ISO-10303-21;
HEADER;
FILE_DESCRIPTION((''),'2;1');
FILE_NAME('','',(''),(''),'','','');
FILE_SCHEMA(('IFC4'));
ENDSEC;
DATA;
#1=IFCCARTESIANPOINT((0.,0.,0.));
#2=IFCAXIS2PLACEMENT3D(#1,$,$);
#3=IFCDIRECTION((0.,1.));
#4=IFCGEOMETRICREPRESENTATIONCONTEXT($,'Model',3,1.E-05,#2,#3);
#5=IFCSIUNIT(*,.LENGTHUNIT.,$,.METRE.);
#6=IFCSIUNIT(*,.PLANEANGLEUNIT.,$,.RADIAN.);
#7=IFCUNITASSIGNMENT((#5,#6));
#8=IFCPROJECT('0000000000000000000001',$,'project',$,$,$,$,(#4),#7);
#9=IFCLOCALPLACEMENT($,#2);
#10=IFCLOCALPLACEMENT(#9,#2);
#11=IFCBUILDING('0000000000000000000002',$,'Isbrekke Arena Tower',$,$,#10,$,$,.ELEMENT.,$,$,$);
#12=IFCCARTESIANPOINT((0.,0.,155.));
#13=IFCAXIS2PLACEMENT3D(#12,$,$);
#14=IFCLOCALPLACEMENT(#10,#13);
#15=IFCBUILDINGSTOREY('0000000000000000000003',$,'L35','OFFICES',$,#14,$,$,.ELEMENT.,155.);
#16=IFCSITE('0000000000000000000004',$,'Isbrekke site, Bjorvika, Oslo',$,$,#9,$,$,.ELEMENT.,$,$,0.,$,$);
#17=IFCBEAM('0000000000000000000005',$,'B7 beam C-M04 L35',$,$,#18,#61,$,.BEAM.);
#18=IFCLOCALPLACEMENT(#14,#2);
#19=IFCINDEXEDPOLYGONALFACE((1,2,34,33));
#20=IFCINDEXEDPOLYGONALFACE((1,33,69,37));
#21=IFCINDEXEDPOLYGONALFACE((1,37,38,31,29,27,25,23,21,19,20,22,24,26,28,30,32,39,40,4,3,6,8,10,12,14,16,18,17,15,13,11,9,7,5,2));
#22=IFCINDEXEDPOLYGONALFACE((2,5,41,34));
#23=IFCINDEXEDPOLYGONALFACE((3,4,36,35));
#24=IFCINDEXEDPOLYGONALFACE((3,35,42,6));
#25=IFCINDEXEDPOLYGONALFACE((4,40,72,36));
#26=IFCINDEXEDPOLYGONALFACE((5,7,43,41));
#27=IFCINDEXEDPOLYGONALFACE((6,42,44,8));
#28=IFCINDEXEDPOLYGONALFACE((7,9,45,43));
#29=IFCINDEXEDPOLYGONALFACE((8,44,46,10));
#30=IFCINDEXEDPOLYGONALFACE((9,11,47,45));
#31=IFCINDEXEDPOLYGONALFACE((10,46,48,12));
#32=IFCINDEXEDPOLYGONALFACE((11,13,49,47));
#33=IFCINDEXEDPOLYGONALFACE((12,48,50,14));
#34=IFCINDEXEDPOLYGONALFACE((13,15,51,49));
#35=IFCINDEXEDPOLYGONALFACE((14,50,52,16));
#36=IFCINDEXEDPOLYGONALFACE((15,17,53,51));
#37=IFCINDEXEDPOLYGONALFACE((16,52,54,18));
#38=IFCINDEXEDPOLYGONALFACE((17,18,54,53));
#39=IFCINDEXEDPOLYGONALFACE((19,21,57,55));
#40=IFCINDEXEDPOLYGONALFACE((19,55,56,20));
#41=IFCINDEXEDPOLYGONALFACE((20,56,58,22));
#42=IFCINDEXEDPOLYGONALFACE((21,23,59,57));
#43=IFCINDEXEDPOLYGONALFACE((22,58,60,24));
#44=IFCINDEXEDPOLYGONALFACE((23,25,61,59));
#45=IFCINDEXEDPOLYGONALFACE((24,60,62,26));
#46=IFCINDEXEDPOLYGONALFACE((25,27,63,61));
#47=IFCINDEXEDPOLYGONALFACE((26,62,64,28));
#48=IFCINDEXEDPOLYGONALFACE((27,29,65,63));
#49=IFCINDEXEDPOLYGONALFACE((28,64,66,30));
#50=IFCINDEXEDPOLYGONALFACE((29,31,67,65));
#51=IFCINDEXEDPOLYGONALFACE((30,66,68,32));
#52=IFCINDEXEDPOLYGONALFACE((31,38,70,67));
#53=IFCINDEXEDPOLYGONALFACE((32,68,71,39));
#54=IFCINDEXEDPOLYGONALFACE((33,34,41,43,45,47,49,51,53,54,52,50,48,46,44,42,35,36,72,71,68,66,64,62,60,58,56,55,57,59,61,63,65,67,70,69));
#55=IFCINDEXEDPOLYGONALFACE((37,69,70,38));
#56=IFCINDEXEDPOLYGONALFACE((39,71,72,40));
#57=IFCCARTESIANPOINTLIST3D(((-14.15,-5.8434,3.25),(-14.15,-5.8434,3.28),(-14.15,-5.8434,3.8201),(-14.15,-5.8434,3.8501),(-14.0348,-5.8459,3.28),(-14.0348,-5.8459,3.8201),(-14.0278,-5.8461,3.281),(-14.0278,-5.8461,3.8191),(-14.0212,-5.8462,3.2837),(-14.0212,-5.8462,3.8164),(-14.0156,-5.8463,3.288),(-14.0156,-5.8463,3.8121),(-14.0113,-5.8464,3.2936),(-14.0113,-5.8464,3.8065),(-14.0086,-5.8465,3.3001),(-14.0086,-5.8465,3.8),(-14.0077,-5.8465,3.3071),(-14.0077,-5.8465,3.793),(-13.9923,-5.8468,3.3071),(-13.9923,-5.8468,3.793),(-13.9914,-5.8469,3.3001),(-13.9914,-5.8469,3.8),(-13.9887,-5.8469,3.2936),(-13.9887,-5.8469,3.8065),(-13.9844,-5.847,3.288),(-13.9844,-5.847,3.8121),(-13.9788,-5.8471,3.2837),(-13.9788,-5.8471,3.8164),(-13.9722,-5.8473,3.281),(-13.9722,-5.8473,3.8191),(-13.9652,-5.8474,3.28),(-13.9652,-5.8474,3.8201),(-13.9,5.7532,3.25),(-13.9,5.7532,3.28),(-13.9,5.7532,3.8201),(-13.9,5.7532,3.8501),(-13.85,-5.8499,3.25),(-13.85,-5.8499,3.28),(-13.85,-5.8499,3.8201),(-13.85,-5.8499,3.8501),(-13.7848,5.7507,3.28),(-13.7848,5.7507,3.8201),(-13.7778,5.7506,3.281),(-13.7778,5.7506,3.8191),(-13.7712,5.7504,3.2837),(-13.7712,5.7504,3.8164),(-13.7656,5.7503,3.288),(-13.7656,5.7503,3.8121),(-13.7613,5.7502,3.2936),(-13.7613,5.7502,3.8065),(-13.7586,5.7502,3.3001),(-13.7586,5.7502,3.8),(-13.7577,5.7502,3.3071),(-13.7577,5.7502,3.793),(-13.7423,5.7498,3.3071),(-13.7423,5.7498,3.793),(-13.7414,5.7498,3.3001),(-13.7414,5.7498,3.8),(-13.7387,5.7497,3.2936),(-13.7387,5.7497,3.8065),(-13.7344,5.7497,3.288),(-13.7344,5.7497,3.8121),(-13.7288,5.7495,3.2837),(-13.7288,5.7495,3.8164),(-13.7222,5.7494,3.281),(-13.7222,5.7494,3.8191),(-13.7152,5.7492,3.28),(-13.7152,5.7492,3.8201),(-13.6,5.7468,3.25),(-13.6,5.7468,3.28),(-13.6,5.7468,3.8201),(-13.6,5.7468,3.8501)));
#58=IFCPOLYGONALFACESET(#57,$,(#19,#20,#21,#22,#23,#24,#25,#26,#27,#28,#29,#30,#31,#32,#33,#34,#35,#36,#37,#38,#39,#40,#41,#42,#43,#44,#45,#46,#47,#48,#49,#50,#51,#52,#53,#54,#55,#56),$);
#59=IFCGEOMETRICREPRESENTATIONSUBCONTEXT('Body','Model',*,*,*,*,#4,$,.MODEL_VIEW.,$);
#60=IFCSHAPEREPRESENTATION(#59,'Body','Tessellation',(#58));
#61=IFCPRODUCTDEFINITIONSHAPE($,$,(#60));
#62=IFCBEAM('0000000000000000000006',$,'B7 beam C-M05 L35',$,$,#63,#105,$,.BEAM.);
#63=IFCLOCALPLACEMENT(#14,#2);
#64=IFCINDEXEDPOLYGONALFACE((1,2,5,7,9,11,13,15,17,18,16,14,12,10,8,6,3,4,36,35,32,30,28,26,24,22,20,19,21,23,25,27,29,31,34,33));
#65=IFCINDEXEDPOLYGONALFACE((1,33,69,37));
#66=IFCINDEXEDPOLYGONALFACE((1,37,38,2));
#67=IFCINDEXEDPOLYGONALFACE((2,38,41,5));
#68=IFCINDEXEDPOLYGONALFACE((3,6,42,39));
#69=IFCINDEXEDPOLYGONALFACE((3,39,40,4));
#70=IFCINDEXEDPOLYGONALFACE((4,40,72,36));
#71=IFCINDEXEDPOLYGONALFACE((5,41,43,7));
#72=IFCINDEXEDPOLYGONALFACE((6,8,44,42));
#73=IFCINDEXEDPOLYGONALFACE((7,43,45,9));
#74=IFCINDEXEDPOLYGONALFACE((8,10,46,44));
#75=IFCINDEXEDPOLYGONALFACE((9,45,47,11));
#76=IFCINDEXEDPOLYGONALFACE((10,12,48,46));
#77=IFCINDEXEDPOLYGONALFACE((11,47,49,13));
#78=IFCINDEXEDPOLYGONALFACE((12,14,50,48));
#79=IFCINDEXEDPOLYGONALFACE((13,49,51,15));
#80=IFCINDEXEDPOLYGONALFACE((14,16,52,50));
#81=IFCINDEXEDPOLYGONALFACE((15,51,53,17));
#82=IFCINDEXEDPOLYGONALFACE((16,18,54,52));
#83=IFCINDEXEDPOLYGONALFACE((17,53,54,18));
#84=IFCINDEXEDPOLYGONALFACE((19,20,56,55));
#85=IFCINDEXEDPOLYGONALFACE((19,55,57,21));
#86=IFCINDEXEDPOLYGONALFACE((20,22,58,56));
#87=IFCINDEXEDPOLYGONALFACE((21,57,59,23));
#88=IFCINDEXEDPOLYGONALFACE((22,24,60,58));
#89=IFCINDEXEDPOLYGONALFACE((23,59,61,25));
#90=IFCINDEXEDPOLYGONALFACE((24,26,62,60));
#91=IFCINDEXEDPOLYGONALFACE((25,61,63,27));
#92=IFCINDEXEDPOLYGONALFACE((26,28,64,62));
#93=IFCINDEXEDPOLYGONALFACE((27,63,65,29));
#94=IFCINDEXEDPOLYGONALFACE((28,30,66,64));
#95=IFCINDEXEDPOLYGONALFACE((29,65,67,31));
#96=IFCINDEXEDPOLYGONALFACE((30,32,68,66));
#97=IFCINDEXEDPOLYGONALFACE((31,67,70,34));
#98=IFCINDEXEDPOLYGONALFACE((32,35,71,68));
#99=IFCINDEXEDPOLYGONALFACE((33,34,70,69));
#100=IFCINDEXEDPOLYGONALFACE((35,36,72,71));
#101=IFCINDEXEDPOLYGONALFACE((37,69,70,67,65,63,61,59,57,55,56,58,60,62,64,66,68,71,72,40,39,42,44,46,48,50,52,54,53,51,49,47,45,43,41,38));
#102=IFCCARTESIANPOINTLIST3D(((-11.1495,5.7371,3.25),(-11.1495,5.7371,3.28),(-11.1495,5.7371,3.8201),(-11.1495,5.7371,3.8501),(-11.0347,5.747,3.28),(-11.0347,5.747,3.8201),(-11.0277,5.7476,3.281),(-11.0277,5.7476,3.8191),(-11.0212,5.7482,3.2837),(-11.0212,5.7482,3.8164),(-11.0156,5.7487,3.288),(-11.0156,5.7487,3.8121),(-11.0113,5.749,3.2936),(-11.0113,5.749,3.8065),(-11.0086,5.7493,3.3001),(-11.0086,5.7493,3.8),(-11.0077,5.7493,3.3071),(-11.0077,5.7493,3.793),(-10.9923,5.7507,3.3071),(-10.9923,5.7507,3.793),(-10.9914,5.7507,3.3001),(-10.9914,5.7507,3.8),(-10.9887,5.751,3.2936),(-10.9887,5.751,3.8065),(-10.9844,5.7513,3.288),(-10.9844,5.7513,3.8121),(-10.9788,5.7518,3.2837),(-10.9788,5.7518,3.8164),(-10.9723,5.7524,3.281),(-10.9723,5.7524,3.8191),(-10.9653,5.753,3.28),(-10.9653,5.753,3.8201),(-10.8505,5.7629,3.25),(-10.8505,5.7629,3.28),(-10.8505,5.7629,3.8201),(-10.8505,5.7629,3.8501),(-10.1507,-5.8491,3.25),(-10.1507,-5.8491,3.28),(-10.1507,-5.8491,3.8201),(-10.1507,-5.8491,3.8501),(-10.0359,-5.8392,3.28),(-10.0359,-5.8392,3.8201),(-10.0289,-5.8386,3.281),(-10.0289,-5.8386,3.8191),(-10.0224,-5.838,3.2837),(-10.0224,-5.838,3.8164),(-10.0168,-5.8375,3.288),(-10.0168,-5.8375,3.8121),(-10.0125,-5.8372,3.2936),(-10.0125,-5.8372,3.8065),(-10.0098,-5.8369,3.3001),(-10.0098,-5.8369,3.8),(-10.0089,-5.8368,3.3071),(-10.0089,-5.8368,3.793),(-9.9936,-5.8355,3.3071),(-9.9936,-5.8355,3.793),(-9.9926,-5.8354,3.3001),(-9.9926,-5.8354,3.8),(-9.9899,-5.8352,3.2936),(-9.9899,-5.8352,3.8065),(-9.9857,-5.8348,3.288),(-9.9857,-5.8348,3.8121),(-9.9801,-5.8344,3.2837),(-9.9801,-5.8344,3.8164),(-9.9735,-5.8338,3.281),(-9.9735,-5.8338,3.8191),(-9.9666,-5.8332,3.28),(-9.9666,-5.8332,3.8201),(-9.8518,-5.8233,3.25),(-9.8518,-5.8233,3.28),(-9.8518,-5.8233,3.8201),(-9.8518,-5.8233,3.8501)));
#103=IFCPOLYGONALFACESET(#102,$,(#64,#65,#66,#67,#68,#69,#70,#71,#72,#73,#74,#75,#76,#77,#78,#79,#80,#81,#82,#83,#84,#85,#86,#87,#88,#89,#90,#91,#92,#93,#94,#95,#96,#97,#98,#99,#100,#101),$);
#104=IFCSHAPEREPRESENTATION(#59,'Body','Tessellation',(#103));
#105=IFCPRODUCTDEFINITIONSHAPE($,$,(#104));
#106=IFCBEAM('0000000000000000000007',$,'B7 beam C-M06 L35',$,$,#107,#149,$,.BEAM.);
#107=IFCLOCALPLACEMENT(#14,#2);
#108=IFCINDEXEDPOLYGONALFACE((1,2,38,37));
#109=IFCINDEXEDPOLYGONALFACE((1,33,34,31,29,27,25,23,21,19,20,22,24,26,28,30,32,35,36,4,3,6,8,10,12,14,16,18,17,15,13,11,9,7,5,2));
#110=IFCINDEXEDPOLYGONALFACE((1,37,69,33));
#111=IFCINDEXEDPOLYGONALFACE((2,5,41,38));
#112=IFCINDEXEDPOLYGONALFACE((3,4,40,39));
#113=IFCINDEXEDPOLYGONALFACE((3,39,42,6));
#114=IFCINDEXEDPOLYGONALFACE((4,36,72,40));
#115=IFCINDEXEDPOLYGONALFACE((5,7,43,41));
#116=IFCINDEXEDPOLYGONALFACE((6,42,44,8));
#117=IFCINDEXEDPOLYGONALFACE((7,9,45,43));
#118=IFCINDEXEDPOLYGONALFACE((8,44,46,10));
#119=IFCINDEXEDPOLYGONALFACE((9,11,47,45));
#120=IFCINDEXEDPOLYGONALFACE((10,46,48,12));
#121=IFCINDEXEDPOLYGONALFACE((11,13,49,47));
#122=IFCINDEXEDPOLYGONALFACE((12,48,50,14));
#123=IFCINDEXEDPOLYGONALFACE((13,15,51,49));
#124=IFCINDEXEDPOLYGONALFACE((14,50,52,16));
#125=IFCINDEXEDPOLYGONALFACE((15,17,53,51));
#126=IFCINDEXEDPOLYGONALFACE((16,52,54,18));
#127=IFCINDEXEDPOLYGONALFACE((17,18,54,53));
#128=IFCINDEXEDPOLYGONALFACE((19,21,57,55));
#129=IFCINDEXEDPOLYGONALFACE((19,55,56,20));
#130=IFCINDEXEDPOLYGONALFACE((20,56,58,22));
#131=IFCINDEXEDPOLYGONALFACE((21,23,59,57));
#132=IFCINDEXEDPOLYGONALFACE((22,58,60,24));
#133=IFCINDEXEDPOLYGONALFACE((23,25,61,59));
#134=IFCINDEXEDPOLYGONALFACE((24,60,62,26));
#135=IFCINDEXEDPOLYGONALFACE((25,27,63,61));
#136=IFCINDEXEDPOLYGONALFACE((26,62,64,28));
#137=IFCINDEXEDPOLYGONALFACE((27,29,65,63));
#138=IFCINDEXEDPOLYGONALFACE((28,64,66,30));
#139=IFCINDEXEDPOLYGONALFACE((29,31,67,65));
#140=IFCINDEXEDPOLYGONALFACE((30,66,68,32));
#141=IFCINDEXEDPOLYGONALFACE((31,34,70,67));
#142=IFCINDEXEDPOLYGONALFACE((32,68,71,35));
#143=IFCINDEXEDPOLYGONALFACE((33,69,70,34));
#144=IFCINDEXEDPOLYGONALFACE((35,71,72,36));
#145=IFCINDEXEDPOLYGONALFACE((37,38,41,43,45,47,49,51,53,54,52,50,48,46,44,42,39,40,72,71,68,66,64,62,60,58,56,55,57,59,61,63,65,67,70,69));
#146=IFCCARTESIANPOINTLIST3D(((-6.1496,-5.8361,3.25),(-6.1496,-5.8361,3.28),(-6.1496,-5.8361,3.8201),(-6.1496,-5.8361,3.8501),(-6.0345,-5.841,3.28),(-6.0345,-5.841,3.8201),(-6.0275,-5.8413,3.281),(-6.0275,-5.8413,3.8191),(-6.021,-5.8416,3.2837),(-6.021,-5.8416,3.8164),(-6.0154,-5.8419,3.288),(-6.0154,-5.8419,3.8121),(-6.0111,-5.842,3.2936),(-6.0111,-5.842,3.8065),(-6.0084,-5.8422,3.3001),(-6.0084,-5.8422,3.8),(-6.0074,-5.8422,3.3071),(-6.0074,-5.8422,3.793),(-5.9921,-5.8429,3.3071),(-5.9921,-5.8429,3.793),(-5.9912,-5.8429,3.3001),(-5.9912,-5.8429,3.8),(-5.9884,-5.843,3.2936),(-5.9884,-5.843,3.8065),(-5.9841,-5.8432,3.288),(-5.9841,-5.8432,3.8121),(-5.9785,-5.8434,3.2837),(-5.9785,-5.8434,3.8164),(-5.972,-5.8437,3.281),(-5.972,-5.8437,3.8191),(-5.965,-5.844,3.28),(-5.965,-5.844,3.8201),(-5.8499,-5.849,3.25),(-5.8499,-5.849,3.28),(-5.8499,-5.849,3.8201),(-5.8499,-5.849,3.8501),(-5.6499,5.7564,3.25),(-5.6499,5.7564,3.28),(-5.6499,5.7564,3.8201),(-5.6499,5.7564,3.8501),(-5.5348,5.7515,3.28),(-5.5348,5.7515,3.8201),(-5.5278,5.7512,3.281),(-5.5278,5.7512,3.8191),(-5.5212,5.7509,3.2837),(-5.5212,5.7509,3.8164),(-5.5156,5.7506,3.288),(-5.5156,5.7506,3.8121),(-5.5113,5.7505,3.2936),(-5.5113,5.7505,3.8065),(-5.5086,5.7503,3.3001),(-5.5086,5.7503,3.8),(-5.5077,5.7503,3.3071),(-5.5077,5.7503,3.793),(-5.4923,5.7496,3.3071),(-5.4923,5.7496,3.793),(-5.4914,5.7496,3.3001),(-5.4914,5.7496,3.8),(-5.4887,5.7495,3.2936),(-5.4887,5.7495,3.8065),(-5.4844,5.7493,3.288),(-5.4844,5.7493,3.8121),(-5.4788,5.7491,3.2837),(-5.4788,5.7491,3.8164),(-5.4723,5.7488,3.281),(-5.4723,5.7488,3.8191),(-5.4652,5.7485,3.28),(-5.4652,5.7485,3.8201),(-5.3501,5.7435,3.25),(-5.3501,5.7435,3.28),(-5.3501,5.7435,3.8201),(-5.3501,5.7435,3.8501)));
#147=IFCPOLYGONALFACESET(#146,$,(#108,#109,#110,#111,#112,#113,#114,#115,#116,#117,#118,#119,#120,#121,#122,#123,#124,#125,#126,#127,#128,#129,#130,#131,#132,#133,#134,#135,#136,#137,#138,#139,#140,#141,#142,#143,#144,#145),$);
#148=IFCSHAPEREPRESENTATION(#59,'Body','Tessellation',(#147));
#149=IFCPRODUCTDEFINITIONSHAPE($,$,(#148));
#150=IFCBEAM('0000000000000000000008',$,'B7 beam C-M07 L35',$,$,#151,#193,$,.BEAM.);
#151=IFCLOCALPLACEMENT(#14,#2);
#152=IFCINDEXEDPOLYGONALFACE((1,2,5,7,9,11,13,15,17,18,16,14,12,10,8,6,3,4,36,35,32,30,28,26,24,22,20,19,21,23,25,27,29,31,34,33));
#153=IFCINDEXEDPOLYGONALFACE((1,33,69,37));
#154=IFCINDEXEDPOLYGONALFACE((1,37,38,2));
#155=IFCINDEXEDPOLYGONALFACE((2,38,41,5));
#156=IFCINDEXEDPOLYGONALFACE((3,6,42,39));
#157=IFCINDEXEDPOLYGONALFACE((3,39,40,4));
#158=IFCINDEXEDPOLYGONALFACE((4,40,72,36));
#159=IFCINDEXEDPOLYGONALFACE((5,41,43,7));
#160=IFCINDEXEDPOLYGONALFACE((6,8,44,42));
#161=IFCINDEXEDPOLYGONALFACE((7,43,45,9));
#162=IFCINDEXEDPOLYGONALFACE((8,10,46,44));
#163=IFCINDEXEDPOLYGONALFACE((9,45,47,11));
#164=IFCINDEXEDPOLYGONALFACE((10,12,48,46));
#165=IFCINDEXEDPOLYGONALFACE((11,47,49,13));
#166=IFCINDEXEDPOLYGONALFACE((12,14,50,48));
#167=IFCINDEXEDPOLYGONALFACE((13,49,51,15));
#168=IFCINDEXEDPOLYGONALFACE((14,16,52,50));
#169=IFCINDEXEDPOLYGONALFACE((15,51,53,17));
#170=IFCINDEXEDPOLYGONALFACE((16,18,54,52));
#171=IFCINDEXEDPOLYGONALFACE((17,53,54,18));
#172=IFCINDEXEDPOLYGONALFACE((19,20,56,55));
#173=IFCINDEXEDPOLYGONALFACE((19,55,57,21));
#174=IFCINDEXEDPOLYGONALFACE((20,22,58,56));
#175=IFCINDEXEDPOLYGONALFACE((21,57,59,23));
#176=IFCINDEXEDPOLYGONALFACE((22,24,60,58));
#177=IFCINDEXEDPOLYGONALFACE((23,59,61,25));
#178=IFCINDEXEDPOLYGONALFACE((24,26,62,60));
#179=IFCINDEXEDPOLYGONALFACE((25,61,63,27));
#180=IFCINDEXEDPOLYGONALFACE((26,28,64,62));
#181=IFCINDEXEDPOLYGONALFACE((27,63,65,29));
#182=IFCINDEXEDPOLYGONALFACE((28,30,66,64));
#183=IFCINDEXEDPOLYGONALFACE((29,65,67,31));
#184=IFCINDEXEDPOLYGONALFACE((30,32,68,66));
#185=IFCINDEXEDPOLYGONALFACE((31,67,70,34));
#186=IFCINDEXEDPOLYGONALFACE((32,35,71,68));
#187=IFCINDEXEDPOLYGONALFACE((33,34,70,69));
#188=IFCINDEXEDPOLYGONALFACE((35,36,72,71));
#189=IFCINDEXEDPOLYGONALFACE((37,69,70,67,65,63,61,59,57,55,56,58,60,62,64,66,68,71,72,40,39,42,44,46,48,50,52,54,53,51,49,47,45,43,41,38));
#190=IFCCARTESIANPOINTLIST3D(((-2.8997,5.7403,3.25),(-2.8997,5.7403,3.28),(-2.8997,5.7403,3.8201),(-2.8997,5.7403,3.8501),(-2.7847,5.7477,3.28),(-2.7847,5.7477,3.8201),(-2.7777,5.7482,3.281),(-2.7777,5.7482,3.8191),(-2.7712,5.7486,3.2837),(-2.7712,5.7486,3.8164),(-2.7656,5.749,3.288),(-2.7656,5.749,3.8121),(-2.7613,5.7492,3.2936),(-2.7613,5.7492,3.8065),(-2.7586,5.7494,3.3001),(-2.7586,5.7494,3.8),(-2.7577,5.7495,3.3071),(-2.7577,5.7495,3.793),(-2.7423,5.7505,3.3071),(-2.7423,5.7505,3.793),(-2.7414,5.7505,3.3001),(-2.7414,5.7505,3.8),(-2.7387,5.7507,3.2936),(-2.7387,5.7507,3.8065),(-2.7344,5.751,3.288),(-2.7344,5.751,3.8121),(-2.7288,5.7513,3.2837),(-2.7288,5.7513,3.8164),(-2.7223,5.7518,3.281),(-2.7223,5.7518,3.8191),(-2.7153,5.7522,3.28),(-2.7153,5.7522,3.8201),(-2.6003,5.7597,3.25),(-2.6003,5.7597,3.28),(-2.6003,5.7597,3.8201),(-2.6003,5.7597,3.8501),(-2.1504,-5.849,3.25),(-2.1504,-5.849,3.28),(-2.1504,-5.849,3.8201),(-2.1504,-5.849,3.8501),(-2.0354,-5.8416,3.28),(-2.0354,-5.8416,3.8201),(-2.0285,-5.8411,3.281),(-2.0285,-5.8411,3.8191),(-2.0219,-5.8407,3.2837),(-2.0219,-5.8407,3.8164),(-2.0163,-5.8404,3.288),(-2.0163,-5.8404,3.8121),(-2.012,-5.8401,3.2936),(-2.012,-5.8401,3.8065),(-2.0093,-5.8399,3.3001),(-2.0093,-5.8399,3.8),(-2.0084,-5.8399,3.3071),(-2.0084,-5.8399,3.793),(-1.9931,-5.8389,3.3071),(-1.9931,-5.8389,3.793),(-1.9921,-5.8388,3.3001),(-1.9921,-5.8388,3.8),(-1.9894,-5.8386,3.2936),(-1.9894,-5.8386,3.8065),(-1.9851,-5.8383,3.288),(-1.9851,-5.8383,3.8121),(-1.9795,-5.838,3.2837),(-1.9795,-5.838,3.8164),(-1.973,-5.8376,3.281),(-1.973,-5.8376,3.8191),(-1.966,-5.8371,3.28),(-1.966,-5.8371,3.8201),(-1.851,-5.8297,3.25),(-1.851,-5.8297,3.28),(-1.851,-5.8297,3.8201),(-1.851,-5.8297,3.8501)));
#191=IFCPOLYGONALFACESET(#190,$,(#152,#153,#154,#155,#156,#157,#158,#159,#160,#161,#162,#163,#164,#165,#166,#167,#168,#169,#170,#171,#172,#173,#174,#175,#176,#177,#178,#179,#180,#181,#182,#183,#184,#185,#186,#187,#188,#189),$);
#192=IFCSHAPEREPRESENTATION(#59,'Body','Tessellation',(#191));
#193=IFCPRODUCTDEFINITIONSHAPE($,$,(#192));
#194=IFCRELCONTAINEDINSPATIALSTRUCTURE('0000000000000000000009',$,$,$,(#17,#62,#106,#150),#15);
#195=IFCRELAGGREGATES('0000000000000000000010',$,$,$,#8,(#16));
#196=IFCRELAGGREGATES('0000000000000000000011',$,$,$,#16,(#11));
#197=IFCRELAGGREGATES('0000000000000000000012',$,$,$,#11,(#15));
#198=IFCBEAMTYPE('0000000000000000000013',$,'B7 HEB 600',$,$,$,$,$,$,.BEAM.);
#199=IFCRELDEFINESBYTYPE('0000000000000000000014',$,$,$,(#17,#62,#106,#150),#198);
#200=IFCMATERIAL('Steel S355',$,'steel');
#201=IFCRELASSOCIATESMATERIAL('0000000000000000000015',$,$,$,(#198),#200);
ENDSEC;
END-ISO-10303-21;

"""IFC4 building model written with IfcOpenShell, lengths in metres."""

from ifc_helpers import new_model, si_unit, direction, frame, origin, origin_2d, place, context, subcontext, project, spatial, i_section, extrude, material, material_profile, profile_set, type_object, element, save


model = new_model("IFC4")

# Units and contexts
model_context = context("Model", 3, precision=1e-05, world=origin(), true_north=direction((0.0, 1.0)))
body_context = subcontext(model_context, "Body", "Model", "MODEL_VIEW")
ifc_project = project(units=[si_unit("LENGTHUNIT", "METRE"), si_unit("PLANEANGLEUNIT", "RADIAN")], contexts=[model_context])

# Site, building, storey
site_placement = place(None, origin())
site = spatial("IfcSite", under=ifc_project, at=site_placement, Name="Isbrekke site, Bjorvika, Oslo", CompositionType="ELEMENT", RefElevation=0.0)
building_placement = place(site_placement, origin())
building = spatial("IfcBuilding", under=site, at=building_placement, Name="Isbrekke Arena Tower", CompositionType="ELEMENT")
storey_placement = place(building_placement, frame((0.0, 0.0, 155.0)))
storey = spatial("IfcBuildingStorey", under=building, at=storey_placement, Name="L35", Description="OFFICES", CompositionType="ELEMENT", Elevation=155.0)

# Beams
ifc_material_1 = material(Name="Steel S355", Category="steel")
ifc_material_profile_1 = material_profile(ifc_material_1, i_section(OverallWidth=0.3, OverallDepth=0.6001, WebThickness=0.0154, FlangeThickness=0.03, FilletRadius=0.0271, at=origin_2d()), Name="HEB 600")
ifc_profile_set_1 = profile_set([ifc_material_profile_1], Name="Steel S355")
beam_type_1 = type_object("IfcBeamType", Name="B7 HEB 600", PredefinedType="BEAM", material=ifc_profile_set_1)
beam_1_placement = place(storey_placement, frame((-14.0, -5.8467, 3.55), z_axis=(0.021553, 0.999768, 0.0), x_axis=(-0.999768, 0.021553, 0.0)))
element("IfcBeam", 1, at=beam_1_placement, inside=storey, type_object=beam_type_1, Name="B7 beam C-M04 L35", PredefinedType="BEAM", context=body_context, shape_type="SweptSolid", body=[
    extrude(i_section(OverallWidth=0.3, OverallDepth=0.6001, WebThickness=0.0154, FlangeThickness=0.03, FilletRadius=0.0271, at=origin_2d()), origin(), (0.0, 0.0, 1.0), 11.5994),
])
beam_2_placement = place(storey_placement, frame((-10.0012, -5.8362, 3.55), z_axis=(-0.085886, 0.996305, 0.0), x_axis=(-0.996305, -0.085886, 0.0)))
element("IfcBeam", 2, at=beam_2_placement, inside=storey, type_object=beam_type_1, Name="B7 beam C-M05 L35", PredefinedType="BEAM", context=body_context, shape_type="SweptSolid", body=[
    extrude(i_section(OverallWidth=0.3, OverallDepth=0.6001, WebThickness=0.0154, FlangeThickness=0.03, FilletRadius=0.0271, at=origin_2d()), origin(), (0.0, 0.0, 1.0), 11.6292),
])
beam_3_placement = place(storey_placement, frame((-5.9998, -5.8425, 3.55), z_axis=(0.04307, 0.999072, 0.0), x_axis=(-0.999072, 0.04307, 0.0)))
element("IfcBeam", 3, at=beam_3_placement, inside=storey, type_object=beam_type_1, Name="B7 beam C-M06 L35", PredefinedType="BEAM", context=body_context, shape_type="SweptSolid", body=[
    extrude(i_section(OverallWidth=0.3, OverallDepth=0.6001, WebThickness=0.0154, FlangeThickness=0.03, FilletRadius=0.0271, at=origin_2d()), origin(), (0.0, 0.0, 1.0), 11.6033),
])
beam_4_placement = place(storey_placement, frame((-2.0007, -5.8394, 3.55), z_axis=(-0.064517, 0.997917, 0.0), x_axis=(-0.997917, -0.064517, 0.0)))
element("IfcBeam", 4, at=beam_4_placement, inside=storey, type_object=beam_type_1, Name="B7 beam C-M07 L35", PredefinedType="BEAM", context=body_context, shape_type="SweptSolid", body=[
    extrude(i_section(OverallWidth=0.3, OverallDepth=0.6001, WebThickness=0.0154, FlangeThickness=0.03, FilletRadius=0.0271, at=origin_2d()), origin(), (0.0, 0.0, 1.0), 11.6135),
])

save(model, "model.ifc")
